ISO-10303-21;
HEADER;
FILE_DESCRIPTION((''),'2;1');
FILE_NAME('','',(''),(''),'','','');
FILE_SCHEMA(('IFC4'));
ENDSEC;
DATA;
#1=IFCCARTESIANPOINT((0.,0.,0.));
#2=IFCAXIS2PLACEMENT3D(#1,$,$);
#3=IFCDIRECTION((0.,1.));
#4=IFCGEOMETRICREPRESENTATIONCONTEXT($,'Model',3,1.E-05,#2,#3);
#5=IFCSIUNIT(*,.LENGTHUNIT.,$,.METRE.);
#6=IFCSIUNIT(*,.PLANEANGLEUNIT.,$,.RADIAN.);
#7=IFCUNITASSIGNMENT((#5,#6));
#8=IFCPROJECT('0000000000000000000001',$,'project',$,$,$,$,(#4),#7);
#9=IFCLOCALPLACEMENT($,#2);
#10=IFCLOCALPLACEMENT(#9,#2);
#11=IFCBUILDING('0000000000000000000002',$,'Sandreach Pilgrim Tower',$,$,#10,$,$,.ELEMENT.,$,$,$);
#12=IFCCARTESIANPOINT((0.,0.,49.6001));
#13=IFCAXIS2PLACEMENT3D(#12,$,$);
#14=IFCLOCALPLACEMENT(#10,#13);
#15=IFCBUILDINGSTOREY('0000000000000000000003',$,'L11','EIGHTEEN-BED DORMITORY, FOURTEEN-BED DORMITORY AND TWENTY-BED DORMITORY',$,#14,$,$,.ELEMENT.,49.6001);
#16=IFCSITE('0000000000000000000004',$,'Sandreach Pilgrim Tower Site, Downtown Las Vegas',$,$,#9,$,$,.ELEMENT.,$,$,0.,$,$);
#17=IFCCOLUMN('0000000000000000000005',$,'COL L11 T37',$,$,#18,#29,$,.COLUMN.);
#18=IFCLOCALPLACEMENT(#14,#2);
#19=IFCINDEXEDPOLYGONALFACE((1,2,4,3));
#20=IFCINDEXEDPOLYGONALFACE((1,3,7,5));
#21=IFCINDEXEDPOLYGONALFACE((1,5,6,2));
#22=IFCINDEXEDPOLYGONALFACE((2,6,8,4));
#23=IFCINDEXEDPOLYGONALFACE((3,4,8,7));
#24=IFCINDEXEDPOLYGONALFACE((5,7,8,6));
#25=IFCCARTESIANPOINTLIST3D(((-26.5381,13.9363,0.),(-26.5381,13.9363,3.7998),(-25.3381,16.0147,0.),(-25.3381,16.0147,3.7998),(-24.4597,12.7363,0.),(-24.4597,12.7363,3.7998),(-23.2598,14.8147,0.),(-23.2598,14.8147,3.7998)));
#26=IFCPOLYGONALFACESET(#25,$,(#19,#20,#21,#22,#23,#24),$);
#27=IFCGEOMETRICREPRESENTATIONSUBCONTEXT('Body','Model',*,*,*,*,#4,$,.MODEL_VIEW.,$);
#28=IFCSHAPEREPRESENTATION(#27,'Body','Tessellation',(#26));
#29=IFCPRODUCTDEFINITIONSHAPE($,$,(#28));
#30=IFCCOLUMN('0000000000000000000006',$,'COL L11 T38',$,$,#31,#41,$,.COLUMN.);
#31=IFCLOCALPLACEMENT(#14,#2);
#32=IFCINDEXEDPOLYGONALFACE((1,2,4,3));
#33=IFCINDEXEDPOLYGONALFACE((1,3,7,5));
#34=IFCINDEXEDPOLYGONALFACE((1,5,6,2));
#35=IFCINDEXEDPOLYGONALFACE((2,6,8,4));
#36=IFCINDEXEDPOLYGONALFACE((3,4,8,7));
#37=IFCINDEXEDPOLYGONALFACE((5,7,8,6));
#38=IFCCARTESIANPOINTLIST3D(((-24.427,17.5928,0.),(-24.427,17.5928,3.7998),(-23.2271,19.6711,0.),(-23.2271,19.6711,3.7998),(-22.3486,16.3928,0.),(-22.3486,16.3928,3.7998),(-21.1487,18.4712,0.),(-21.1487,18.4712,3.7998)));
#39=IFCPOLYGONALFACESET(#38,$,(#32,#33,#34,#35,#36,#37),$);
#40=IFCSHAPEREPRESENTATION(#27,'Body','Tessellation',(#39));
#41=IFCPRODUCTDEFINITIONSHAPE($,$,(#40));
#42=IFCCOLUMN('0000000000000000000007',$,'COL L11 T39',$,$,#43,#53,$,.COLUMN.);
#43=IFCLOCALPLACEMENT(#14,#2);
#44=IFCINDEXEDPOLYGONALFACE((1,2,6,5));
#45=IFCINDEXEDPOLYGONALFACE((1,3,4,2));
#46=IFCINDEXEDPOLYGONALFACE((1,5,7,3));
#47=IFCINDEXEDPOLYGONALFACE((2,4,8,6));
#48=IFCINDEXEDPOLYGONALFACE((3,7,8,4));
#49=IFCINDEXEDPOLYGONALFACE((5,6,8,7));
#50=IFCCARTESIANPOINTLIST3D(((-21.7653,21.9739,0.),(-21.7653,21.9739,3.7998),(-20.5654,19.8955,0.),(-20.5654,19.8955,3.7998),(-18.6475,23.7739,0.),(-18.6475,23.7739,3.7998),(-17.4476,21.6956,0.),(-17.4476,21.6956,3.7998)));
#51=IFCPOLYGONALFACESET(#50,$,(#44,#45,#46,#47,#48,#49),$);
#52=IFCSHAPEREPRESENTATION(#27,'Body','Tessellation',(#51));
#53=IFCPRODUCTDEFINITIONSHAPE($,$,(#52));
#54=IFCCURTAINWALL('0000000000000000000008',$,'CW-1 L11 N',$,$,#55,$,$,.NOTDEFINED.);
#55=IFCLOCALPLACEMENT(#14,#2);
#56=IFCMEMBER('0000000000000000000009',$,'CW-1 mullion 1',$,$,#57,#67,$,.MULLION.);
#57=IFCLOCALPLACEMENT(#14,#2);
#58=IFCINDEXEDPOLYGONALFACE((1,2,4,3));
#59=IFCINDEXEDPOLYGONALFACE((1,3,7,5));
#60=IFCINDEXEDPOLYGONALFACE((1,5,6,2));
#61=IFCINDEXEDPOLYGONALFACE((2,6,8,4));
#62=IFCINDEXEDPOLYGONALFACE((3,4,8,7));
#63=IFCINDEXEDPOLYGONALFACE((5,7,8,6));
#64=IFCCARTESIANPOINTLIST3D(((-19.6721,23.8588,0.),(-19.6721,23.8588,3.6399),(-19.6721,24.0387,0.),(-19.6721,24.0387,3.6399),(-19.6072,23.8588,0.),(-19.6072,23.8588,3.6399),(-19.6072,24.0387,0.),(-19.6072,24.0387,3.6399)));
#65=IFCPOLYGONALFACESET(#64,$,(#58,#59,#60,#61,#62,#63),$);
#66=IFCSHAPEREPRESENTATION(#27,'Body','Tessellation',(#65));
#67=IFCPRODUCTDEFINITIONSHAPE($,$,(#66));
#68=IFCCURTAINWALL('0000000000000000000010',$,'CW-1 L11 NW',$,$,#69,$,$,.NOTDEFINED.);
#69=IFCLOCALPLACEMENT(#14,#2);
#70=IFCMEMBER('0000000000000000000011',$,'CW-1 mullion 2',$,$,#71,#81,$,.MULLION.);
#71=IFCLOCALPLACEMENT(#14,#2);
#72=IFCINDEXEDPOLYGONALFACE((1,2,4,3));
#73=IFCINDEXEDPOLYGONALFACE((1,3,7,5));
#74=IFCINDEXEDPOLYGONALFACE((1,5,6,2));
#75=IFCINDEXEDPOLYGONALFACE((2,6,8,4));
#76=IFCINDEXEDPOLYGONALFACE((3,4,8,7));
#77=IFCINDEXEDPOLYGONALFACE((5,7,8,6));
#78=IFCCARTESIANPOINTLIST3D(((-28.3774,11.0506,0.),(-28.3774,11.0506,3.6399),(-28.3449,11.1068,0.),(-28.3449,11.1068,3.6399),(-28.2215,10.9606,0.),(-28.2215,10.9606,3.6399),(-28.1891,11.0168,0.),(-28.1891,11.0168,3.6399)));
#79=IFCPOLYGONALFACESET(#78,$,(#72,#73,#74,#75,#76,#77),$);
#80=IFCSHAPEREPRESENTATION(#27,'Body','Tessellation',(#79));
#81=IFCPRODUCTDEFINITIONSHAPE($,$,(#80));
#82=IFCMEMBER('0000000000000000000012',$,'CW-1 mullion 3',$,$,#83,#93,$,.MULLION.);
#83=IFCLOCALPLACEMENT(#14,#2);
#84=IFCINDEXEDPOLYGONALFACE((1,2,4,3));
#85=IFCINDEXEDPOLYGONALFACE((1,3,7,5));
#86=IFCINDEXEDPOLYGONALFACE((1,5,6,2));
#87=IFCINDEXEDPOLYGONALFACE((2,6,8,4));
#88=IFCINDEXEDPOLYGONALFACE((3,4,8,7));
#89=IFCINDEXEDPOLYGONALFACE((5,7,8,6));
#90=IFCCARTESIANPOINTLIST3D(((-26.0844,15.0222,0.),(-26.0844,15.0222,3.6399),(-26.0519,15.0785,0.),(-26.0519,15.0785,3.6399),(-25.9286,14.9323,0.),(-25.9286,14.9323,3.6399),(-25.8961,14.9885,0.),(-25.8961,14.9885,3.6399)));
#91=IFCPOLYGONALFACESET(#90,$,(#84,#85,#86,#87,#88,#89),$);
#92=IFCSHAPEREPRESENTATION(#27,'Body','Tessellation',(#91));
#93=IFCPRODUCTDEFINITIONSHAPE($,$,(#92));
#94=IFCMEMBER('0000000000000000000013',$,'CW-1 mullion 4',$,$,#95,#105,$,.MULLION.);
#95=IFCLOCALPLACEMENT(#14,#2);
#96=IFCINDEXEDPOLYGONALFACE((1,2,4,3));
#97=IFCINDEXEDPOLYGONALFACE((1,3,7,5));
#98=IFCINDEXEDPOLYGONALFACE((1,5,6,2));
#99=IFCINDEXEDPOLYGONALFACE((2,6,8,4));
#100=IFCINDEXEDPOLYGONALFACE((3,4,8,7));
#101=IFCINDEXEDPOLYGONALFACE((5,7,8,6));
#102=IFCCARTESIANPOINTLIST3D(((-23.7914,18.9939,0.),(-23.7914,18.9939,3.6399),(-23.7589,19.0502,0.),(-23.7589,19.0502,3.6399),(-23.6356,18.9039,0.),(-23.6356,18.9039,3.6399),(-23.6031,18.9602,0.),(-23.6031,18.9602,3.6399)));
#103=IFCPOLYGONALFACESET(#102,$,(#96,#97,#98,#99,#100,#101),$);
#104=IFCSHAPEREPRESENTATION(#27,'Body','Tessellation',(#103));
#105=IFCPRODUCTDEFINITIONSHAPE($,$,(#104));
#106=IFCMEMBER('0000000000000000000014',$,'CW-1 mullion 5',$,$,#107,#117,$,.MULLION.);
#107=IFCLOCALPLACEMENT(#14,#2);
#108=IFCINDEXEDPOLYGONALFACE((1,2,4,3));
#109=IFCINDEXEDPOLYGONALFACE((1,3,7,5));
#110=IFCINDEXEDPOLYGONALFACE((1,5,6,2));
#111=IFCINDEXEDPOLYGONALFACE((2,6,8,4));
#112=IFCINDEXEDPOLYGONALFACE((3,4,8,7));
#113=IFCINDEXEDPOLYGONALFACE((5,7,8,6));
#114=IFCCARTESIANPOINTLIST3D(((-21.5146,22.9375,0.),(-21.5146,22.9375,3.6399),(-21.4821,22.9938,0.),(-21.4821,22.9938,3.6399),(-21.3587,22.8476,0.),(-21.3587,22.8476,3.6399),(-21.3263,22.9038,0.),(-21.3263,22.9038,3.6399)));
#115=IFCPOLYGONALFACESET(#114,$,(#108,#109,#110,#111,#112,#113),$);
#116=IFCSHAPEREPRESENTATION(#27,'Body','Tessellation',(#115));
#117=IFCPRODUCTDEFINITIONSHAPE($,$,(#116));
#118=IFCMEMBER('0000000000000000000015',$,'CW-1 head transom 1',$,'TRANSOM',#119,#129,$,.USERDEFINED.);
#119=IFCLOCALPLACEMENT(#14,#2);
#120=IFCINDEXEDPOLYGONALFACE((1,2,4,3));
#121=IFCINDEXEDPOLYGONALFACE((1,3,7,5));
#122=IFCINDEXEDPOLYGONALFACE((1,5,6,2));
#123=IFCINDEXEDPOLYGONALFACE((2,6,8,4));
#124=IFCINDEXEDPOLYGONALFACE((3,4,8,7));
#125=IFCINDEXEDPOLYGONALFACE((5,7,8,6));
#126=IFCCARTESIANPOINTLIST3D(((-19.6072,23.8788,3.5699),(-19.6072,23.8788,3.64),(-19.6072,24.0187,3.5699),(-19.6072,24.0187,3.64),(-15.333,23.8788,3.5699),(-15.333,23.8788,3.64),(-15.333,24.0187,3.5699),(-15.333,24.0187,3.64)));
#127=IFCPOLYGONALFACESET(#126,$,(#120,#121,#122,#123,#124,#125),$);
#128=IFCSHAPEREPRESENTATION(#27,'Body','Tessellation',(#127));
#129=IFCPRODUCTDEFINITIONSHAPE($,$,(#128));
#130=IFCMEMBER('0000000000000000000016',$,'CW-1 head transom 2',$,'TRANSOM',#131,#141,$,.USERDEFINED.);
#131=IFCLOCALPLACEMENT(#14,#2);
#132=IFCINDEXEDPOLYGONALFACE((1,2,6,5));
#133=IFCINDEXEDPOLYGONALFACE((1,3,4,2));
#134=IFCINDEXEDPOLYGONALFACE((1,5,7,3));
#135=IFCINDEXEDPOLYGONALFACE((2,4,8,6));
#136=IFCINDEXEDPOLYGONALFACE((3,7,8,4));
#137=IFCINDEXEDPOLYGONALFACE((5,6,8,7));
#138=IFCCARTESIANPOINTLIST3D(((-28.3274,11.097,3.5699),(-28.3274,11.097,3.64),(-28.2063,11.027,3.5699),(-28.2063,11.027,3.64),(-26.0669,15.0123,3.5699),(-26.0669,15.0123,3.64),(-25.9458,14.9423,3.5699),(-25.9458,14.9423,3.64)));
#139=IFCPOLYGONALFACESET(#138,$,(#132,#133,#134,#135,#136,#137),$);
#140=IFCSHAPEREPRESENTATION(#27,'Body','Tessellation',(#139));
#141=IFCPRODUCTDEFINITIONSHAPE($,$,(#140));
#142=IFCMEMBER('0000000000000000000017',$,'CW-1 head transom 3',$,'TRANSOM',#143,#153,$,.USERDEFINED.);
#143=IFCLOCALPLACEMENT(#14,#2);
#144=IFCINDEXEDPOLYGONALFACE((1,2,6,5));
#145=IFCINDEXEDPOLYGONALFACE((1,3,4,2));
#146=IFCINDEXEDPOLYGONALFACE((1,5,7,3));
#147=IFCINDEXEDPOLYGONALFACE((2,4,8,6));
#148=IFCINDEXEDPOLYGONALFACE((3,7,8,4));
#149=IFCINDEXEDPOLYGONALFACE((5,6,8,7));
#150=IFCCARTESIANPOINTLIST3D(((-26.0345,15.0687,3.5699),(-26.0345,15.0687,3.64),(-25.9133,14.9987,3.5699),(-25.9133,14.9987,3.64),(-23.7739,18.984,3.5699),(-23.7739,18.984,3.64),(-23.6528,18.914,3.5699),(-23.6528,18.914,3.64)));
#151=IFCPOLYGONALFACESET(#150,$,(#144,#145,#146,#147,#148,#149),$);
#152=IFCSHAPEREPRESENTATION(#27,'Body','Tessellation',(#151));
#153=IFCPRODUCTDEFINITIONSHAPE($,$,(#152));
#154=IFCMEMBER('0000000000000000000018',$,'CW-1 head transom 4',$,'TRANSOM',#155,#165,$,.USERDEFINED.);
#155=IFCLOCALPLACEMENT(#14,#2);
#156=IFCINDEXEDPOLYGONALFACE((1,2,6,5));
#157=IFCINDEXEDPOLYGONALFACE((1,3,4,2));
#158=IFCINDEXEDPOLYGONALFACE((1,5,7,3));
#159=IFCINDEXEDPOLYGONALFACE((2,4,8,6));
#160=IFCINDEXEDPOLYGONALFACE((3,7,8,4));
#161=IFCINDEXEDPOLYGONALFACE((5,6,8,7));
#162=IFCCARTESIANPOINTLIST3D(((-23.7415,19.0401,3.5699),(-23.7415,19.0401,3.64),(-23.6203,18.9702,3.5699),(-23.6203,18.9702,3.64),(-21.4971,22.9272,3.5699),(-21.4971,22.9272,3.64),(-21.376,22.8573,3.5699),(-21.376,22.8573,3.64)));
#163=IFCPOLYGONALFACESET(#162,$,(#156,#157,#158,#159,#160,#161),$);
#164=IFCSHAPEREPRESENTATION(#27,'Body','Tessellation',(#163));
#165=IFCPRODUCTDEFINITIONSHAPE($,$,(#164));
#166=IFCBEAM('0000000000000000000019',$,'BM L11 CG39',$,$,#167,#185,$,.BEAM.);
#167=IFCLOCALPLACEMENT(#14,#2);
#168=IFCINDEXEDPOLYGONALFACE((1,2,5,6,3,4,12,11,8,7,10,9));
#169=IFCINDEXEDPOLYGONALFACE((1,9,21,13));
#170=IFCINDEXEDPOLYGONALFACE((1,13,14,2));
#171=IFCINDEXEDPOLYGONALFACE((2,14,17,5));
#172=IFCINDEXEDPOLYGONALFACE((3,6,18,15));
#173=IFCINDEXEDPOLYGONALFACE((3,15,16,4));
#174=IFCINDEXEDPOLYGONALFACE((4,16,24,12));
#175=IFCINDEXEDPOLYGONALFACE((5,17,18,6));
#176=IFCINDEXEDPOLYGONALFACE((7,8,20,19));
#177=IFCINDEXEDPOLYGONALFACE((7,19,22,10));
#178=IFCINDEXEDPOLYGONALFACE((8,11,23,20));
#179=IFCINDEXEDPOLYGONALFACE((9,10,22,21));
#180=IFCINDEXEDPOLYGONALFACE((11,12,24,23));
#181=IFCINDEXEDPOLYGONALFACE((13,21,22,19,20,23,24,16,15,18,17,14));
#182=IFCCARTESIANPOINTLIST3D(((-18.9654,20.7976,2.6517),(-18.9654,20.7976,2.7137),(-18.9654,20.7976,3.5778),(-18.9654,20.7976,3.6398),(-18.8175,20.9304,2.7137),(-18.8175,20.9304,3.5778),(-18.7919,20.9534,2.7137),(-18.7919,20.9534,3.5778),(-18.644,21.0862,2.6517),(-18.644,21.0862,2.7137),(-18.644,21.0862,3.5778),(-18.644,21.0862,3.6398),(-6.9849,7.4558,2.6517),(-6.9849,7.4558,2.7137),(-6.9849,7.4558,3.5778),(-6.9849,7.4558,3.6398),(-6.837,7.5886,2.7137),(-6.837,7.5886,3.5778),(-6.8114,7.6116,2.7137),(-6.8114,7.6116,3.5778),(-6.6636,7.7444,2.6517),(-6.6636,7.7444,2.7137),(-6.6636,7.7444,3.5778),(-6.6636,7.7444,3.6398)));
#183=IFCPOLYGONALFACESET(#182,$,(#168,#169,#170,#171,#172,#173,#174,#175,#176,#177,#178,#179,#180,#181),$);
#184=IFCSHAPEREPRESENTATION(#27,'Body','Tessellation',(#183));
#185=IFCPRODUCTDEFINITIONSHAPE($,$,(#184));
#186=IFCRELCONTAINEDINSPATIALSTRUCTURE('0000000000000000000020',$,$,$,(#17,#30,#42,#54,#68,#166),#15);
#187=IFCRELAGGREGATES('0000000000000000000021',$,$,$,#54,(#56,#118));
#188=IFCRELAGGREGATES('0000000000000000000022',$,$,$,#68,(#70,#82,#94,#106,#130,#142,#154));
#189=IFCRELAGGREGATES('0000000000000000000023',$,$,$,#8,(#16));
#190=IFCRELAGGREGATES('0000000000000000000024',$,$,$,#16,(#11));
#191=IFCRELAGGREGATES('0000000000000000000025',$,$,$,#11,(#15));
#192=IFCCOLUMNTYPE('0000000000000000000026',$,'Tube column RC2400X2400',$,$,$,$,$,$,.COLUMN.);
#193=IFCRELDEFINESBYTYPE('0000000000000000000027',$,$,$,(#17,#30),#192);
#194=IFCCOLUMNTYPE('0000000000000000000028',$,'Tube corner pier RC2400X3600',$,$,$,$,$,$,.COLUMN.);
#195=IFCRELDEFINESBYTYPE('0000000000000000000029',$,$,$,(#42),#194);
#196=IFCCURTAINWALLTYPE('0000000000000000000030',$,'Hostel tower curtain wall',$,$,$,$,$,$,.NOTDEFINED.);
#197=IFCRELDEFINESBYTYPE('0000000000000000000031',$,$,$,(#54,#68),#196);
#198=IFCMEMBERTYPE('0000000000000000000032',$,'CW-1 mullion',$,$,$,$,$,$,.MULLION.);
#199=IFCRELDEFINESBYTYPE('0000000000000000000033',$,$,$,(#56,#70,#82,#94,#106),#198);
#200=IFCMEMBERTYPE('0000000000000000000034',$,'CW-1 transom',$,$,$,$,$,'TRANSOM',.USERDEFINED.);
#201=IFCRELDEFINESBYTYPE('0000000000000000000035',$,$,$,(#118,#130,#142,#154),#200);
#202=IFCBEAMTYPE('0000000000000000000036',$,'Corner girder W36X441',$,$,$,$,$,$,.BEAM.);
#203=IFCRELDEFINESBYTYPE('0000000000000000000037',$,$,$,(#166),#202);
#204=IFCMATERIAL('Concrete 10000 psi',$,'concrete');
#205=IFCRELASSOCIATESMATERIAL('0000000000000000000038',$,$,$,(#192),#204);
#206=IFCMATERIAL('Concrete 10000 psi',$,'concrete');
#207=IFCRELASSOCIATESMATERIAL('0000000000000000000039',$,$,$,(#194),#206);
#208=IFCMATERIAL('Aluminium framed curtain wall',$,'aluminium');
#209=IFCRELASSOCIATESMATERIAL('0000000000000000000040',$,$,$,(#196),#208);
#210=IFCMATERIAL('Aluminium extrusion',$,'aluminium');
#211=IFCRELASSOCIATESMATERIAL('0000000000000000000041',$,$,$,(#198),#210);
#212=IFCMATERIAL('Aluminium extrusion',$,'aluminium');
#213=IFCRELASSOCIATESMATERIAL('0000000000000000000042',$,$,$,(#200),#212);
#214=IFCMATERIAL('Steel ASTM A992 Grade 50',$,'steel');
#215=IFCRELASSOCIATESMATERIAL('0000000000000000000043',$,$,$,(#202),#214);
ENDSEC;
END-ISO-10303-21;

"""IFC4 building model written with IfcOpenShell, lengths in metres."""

from ifc_helpers import new_model, si_unit, direction, frame, origin, origin_2d, place, context, subcontext, project, spatial, rectangle, i_section, extrude, material, material_profile, profile_set, type_object, element, aggregate, save


model = new_model("IFC4")

# Units and contexts
model_context = context("Model", 3, precision=1e-05, world=origin(), true_north=direction((0.0, 1.0)))
body_context = subcontext(model_context, "Body", "Model", "MODEL_VIEW")
ifc_project = project(units=[si_unit("LENGTHUNIT", "METRE"), si_unit("PLANEANGLEUNIT", "RADIAN")], contexts=[model_context])

# Site, building, storey
site_placement = place(None, origin())
site = spatial("IfcSite", under=ifc_project, at=site_placement, Name="Sandreach Pilgrim Tower Site, Downtown Las Vegas", CompositionType="ELEMENT", RefElevation=0.0)
building_placement = place(site_placement, origin())
building = spatial("IfcBuilding", under=site, at=building_placement, Name="Sandreach Pilgrim Tower", CompositionType="ELEMENT")
storey_placement = place(building_placement, frame((0.0, 0.0, 49.6001)))
storey = spatial("IfcBuildingStorey", under=building, at=storey_placement, Name="L11", Description="EIGHTEEN-BED DORMITORY, FOURTEEN-BED DORMITORY AND TWENTY-BED DORMITORY", CompositionType="ELEMENT", Elevation=49.6001)

# Columns
ifc_material_1 = material(Name="Concrete 10000 psi", Category="concrete")
ifc_material_profile_1 = material_profile(ifc_material_1, rectangle(XDim=2.3999, YDim=2.3999, at=origin_2d()), Name="RC2400X2400")
ifc_profile_set_1 = profile_set([ifc_material_profile_1], Name="Concrete 10000 psi")
column_type_1 = type_object("IfcColumnType", Name="Tube column RC2400X2400", PredefinedType="COLUMN", material=ifc_profile_set_1)
for number, where, z_axis, x_axis, name in (
    (1, (-24.8989, 14.3755, 0.0), (0.0, 0.0, 1.0), (-0.866025, 0.5, 0.0), "COL L11 T37"),
    (2, (-22.7878, 18.032, 0.0), (0.0, 0.0, 1.0), (-0.866025, 0.5, 0.0), "COL L11 T38"),
):
    element("IfcColumn", number, at=place(storey_placement, frame(where, z_axis=z_axis, x_axis=x_axis)), inside=storey, type_object=column_type_1, Name=name, PredefinedType="COLUMN", context=body_context, shape_type="SweptSolid", body=[
        extrude(rectangle(XDim=2.3999, YDim=2.3999, at=origin_2d()), origin(), (0.0, 0.0, 1.0), 3.7998),
    ])
ifc_material_2 = material(Name="Concrete 10000 psi", Category="concrete")
ifc_material_profile_2 = material_profile(ifc_material_2, rectangle(XDim=2.3999, YDim=3.6001, at=origin_2d()), Name="RC2400X3600")
ifc_profile_set_2 = profile_set([ifc_material_profile_2], Name="Concrete 10000 psi")
column_type_2 = type_object("IfcColumnType", Name="Tube corner pier RC2400X3600", PredefinedType="COLUMN", material=ifc_profile_set_2)
column_placement = place(storey_placement, frame((-19.6064, 21.8347, 0.0), z_axis=(0.0, 0.0, 1.0), x_axis=(-0.5, 0.866025, 0.0)))
element("IfcColumn", 3, at=column_placement, inside=storey, type_object=column_type_2, Name="COL L11 T39", PredefinedType="COLUMN", context=body_context, shape_type="SweptSolid", body=[
    extrude(rectangle(XDim=2.3999, YDim=3.6001, at=origin_2d()), origin(), (0.0, 0.0, 1.0), 3.7998),
])

# Curtain wall, member
ifc_material_3 = material(Name="Aluminium framed curtain wall", Category="aluminium")
curtain_wall_type = type_object("IfcCurtainWallType", Name="Hostel tower curtain wall", PredefinedType="NOTDEFINED", material=ifc_material_3)
curtain_wall_1_placement = place(storey_placement, origin())
curtain_wall_1 = element("IfcCurtainWall", 4, at=curtain_wall_1_placement, inside=storey, type_object=curtain_wall_type, Name="CW-1 L11 N", PredefinedType="NOTDEFINED")
ifc_material_4 = material(Name="Aluminium extrusion", Category="aluminium")
ifc_material_profile_3 = material_profile(ifc_material_4, rectangle(XDim=0.0649, YDim=0.1799, at=origin_2d()), Name="CW-1M 65X180")
ifc_profile_set_3 = profile_set([ifc_material_profile_3], Name="Aluminium extrusion")
member_type_1 = type_object("IfcMemberType", Name="CW-1 mullion", PredefinedType="MULLION", material=ifc_profile_set_3)
member_1_placement = place(storey_placement, frame((-19.6396, 23.9487, 0.0), z_axis=(0.0, 0.0, 1.0), x_axis=(1.0, 0.0, 0.0)))
member_1 = element("IfcMember", 5, at=member_1_placement, type_object=member_type_1, Name="CW-1 mullion 1", PredefinedType="MULLION", context=body_context, shape_type="SweptSolid", body=[
    extrude(rectangle(XDim=0.0649, YDim=0.1799, at=origin_2d()), origin(), (0.0, 0.0, 1.0), 3.6399),
])

# Curtain wall, members
curtain_wall_2_placement = place(storey_placement, origin())
curtain_wall_2 = element("IfcCurtainWall", 6, at=curtain_wall_2_placement, inside=storey, type_object=curtain_wall_type, Name="CW-1 L11 NW", PredefinedType="NOTDEFINED")
member_2_placement = place(storey_placement, frame((-28.2832, 11.0337, 0.0), z_axis=(0.0, 0.0, 1.0), x_axis=(0.5, 0.866025, 0.0)))
member_2 = element("IfcMember", 7, at=member_2_placement, type_object=member_type_1, Name="CW-1 mullion 2", PredefinedType="MULLION", context=body_context, shape_type="SweptSolid", body=[
    extrude(rectangle(XDim=0.0649, YDim=0.1799, at=origin_2d()), origin(), (0.0, 0.0, 1.0), 3.6399),
])
member_3_placement = place(storey_placement, frame((-25.9902, 15.0054, 0.0), z_axis=(0.0, 0.0, 1.0), x_axis=(0.5, 0.866025, 0.0)))
member_3 = element("IfcMember", 8, at=member_3_placement, type_object=member_type_1, Name="CW-1 mullion 3", PredefinedType="MULLION", context=body_context, shape_type="SweptSolid", body=[
    extrude(rectangle(XDim=0.0649, YDim=0.1799, at=origin_2d()), origin(), (0.0, 0.0, 1.0), 3.6399),
])
member_4_placement = place(storey_placement, frame((-23.6973, 18.9771, 0.0), z_axis=(0.0, 0.0, 1.0), x_axis=(0.5, 0.866025, 0.0)))
member_4 = element("IfcMember", 9, at=member_4_placement, type_object=member_type_1, Name="CW-1 mullion 4", PredefinedType="MULLION", context=body_context, shape_type="SweptSolid", body=[
    extrude(rectangle(XDim=0.0649, YDim=0.1799, at=origin_2d()), origin(), (0.0, 0.0, 1.0), 3.6399),
])
member_5_placement = place(storey_placement, frame((-21.4204, 22.9207, 0.0), z_axis=(0.0, 0.0, 1.0), x_axis=(0.5, 0.866025, 0.0)))
member_5 = element("IfcMember", 10, at=member_5_placement, type_object=member_type_1, Name="CW-1 mullion 5", PredefinedType="MULLION", context=body_context, shape_type="SweptSolid", body=[
    extrude(rectangle(XDim=0.0649, YDim=0.1799, at=origin_2d()), origin(), (0.0, 0.0, 1.0), 3.6399),
])

# Members
ifc_material_5 = material(Name="Aluminium extrusion", Category="aluminium")
ifc_material_profile_4 = material_profile(ifc_material_5, rectangle(XDim=0.1399, YDim=0.0701, at=origin_2d()), Name="CW-1T 140X70")
ifc_profile_set_4 = profile_set([ifc_material_profile_4], Name="Aluminium extrusion")
member_type_2 = type_object("IfcMemberType", Name="CW-1 transom", ElementType="TRANSOM", PredefinedType="USERDEFINED", material=ifc_profile_set_4)
member_6_placement = place(storey_placement, frame((-19.6072, 23.9487, 3.605), z_axis=(1.0, 0.0, 0.0), x_axis=(0.0, 1.0, 0.0)))
member_6 = element("IfcMember", 11, at=member_6_placement, type_object=member_type_2, Name="CW-1 head transom 1", ObjectType="TRANSOM", PredefinedType="USERDEFINED", context=body_context, shape_type="SweptSolid", body=[
    extrude(rectangle(XDim=0.1399, YDim=0.0701, at=origin_2d()), origin(), (0.0, 0.0, 1.0), 4.2742),
])
member_7_placement = place(storey_placement, frame((-28.2668, 11.062, 3.605), z_axis=(0.500001, 0.866025, 0.0), x_axis=(-0.866025, 0.500001, 0.0)))
member_7 = element("IfcMember", 12, at=member_7_placement, type_object=member_type_2, Name="CW-1 head transom 2", ObjectType="TRANSOM", PredefinedType="USERDEFINED", context=body_context, shape_type="SweptSolid", body=[
    extrude(rectangle(XDim=0.1399, YDim=0.0701, at=origin_2d()), origin(), (0.0, 0.0, 1.0), 4.521),
])
member_8_placement = place(storey_placement, frame((-25.9739, 15.0337, 3.605), z_axis=(0.500001, 0.866025, 0.0), x_axis=(-0.866025, 0.500001, 0.0)))
member_8 = element("IfcMember", 13, at=member_8_placement, type_object=member_type_2, Name="CW-1 head transom 3", ObjectType="TRANSOM", PredefinedType="USERDEFINED", context=body_context, shape_type="SweptSolid", body=[
    extrude(rectangle(XDim=0.1399, YDim=0.0701, at=origin_2d()), origin(), (0.0, 0.0, 1.0), 4.521),
])
member_9_placement = place(storey_placement, frame((-23.6809, 19.0051, 3.605), z_axis=(0.500018, 0.866015, 0.0), x_axis=(-0.866015, 0.500018, 0.0)))
member_9 = element("IfcMember", 14, at=member_9_placement, type_object=member_type_2, Name="CW-1 head transom 4", ObjectType="TRANSOM", PredefinedType="USERDEFINED", context=body_context, shape_type="SweptSolid", body=[
    extrude(rectangle(XDim=0.1399, YDim=0.0701, at=origin_2d()), origin(), (0.0, 0.0, 1.0), 4.4885),
])

# Beam
ifc_material_6 = material(Name="Steel ASTM A992 Grade 50", Category="steel")
ifc_material_profile_5 = material_profile(ifc_material_6, i_section(OverallWidth=0.4319, OverallDepth=0.988, WebThickness=0.0344, FlangeThickness=0.062, at=origin_2d()), Name="W36X441")
ifc_profile_set_5 = profile_set([ifc_material_profile_5], Name="Steel ASTM A992 Grade 50")
beam_type_1 = type_object("IfcBeamType", Name="Corner girder W36X441", PredefinedType="BEAM", material=ifc_profile_set_5)
beam_1_placement = place(storey_placement, frame((-18.8047, 20.9419, 3.1458), z_axis=(0.668128, -0.744047, 0.0), x_axis=(0.744047, 0.668128, 0.0)))
element("IfcBeam", 15, at=beam_1_placement, inside=storey, type_object=beam_type_1, Name="BM L11 CG39", PredefinedType="BEAM", context=body_context, shape_type="SweptSolid", body=[
    extrude(i_section(OverallWidth=0.4319, OverallDepth=0.988, WebThickness=0.0344, FlangeThickness=0.062, at=origin_2d()), origin(), (0.0, 0.0, 1.0), 17.9314),
])

aggregate(curtain_wall_1, [member_1, member_6])
aggregate(curtain_wall_2, [member_2, member_3, member_4, member_5, member_7, member_8, member_9])

save(model, "model.ifc")
